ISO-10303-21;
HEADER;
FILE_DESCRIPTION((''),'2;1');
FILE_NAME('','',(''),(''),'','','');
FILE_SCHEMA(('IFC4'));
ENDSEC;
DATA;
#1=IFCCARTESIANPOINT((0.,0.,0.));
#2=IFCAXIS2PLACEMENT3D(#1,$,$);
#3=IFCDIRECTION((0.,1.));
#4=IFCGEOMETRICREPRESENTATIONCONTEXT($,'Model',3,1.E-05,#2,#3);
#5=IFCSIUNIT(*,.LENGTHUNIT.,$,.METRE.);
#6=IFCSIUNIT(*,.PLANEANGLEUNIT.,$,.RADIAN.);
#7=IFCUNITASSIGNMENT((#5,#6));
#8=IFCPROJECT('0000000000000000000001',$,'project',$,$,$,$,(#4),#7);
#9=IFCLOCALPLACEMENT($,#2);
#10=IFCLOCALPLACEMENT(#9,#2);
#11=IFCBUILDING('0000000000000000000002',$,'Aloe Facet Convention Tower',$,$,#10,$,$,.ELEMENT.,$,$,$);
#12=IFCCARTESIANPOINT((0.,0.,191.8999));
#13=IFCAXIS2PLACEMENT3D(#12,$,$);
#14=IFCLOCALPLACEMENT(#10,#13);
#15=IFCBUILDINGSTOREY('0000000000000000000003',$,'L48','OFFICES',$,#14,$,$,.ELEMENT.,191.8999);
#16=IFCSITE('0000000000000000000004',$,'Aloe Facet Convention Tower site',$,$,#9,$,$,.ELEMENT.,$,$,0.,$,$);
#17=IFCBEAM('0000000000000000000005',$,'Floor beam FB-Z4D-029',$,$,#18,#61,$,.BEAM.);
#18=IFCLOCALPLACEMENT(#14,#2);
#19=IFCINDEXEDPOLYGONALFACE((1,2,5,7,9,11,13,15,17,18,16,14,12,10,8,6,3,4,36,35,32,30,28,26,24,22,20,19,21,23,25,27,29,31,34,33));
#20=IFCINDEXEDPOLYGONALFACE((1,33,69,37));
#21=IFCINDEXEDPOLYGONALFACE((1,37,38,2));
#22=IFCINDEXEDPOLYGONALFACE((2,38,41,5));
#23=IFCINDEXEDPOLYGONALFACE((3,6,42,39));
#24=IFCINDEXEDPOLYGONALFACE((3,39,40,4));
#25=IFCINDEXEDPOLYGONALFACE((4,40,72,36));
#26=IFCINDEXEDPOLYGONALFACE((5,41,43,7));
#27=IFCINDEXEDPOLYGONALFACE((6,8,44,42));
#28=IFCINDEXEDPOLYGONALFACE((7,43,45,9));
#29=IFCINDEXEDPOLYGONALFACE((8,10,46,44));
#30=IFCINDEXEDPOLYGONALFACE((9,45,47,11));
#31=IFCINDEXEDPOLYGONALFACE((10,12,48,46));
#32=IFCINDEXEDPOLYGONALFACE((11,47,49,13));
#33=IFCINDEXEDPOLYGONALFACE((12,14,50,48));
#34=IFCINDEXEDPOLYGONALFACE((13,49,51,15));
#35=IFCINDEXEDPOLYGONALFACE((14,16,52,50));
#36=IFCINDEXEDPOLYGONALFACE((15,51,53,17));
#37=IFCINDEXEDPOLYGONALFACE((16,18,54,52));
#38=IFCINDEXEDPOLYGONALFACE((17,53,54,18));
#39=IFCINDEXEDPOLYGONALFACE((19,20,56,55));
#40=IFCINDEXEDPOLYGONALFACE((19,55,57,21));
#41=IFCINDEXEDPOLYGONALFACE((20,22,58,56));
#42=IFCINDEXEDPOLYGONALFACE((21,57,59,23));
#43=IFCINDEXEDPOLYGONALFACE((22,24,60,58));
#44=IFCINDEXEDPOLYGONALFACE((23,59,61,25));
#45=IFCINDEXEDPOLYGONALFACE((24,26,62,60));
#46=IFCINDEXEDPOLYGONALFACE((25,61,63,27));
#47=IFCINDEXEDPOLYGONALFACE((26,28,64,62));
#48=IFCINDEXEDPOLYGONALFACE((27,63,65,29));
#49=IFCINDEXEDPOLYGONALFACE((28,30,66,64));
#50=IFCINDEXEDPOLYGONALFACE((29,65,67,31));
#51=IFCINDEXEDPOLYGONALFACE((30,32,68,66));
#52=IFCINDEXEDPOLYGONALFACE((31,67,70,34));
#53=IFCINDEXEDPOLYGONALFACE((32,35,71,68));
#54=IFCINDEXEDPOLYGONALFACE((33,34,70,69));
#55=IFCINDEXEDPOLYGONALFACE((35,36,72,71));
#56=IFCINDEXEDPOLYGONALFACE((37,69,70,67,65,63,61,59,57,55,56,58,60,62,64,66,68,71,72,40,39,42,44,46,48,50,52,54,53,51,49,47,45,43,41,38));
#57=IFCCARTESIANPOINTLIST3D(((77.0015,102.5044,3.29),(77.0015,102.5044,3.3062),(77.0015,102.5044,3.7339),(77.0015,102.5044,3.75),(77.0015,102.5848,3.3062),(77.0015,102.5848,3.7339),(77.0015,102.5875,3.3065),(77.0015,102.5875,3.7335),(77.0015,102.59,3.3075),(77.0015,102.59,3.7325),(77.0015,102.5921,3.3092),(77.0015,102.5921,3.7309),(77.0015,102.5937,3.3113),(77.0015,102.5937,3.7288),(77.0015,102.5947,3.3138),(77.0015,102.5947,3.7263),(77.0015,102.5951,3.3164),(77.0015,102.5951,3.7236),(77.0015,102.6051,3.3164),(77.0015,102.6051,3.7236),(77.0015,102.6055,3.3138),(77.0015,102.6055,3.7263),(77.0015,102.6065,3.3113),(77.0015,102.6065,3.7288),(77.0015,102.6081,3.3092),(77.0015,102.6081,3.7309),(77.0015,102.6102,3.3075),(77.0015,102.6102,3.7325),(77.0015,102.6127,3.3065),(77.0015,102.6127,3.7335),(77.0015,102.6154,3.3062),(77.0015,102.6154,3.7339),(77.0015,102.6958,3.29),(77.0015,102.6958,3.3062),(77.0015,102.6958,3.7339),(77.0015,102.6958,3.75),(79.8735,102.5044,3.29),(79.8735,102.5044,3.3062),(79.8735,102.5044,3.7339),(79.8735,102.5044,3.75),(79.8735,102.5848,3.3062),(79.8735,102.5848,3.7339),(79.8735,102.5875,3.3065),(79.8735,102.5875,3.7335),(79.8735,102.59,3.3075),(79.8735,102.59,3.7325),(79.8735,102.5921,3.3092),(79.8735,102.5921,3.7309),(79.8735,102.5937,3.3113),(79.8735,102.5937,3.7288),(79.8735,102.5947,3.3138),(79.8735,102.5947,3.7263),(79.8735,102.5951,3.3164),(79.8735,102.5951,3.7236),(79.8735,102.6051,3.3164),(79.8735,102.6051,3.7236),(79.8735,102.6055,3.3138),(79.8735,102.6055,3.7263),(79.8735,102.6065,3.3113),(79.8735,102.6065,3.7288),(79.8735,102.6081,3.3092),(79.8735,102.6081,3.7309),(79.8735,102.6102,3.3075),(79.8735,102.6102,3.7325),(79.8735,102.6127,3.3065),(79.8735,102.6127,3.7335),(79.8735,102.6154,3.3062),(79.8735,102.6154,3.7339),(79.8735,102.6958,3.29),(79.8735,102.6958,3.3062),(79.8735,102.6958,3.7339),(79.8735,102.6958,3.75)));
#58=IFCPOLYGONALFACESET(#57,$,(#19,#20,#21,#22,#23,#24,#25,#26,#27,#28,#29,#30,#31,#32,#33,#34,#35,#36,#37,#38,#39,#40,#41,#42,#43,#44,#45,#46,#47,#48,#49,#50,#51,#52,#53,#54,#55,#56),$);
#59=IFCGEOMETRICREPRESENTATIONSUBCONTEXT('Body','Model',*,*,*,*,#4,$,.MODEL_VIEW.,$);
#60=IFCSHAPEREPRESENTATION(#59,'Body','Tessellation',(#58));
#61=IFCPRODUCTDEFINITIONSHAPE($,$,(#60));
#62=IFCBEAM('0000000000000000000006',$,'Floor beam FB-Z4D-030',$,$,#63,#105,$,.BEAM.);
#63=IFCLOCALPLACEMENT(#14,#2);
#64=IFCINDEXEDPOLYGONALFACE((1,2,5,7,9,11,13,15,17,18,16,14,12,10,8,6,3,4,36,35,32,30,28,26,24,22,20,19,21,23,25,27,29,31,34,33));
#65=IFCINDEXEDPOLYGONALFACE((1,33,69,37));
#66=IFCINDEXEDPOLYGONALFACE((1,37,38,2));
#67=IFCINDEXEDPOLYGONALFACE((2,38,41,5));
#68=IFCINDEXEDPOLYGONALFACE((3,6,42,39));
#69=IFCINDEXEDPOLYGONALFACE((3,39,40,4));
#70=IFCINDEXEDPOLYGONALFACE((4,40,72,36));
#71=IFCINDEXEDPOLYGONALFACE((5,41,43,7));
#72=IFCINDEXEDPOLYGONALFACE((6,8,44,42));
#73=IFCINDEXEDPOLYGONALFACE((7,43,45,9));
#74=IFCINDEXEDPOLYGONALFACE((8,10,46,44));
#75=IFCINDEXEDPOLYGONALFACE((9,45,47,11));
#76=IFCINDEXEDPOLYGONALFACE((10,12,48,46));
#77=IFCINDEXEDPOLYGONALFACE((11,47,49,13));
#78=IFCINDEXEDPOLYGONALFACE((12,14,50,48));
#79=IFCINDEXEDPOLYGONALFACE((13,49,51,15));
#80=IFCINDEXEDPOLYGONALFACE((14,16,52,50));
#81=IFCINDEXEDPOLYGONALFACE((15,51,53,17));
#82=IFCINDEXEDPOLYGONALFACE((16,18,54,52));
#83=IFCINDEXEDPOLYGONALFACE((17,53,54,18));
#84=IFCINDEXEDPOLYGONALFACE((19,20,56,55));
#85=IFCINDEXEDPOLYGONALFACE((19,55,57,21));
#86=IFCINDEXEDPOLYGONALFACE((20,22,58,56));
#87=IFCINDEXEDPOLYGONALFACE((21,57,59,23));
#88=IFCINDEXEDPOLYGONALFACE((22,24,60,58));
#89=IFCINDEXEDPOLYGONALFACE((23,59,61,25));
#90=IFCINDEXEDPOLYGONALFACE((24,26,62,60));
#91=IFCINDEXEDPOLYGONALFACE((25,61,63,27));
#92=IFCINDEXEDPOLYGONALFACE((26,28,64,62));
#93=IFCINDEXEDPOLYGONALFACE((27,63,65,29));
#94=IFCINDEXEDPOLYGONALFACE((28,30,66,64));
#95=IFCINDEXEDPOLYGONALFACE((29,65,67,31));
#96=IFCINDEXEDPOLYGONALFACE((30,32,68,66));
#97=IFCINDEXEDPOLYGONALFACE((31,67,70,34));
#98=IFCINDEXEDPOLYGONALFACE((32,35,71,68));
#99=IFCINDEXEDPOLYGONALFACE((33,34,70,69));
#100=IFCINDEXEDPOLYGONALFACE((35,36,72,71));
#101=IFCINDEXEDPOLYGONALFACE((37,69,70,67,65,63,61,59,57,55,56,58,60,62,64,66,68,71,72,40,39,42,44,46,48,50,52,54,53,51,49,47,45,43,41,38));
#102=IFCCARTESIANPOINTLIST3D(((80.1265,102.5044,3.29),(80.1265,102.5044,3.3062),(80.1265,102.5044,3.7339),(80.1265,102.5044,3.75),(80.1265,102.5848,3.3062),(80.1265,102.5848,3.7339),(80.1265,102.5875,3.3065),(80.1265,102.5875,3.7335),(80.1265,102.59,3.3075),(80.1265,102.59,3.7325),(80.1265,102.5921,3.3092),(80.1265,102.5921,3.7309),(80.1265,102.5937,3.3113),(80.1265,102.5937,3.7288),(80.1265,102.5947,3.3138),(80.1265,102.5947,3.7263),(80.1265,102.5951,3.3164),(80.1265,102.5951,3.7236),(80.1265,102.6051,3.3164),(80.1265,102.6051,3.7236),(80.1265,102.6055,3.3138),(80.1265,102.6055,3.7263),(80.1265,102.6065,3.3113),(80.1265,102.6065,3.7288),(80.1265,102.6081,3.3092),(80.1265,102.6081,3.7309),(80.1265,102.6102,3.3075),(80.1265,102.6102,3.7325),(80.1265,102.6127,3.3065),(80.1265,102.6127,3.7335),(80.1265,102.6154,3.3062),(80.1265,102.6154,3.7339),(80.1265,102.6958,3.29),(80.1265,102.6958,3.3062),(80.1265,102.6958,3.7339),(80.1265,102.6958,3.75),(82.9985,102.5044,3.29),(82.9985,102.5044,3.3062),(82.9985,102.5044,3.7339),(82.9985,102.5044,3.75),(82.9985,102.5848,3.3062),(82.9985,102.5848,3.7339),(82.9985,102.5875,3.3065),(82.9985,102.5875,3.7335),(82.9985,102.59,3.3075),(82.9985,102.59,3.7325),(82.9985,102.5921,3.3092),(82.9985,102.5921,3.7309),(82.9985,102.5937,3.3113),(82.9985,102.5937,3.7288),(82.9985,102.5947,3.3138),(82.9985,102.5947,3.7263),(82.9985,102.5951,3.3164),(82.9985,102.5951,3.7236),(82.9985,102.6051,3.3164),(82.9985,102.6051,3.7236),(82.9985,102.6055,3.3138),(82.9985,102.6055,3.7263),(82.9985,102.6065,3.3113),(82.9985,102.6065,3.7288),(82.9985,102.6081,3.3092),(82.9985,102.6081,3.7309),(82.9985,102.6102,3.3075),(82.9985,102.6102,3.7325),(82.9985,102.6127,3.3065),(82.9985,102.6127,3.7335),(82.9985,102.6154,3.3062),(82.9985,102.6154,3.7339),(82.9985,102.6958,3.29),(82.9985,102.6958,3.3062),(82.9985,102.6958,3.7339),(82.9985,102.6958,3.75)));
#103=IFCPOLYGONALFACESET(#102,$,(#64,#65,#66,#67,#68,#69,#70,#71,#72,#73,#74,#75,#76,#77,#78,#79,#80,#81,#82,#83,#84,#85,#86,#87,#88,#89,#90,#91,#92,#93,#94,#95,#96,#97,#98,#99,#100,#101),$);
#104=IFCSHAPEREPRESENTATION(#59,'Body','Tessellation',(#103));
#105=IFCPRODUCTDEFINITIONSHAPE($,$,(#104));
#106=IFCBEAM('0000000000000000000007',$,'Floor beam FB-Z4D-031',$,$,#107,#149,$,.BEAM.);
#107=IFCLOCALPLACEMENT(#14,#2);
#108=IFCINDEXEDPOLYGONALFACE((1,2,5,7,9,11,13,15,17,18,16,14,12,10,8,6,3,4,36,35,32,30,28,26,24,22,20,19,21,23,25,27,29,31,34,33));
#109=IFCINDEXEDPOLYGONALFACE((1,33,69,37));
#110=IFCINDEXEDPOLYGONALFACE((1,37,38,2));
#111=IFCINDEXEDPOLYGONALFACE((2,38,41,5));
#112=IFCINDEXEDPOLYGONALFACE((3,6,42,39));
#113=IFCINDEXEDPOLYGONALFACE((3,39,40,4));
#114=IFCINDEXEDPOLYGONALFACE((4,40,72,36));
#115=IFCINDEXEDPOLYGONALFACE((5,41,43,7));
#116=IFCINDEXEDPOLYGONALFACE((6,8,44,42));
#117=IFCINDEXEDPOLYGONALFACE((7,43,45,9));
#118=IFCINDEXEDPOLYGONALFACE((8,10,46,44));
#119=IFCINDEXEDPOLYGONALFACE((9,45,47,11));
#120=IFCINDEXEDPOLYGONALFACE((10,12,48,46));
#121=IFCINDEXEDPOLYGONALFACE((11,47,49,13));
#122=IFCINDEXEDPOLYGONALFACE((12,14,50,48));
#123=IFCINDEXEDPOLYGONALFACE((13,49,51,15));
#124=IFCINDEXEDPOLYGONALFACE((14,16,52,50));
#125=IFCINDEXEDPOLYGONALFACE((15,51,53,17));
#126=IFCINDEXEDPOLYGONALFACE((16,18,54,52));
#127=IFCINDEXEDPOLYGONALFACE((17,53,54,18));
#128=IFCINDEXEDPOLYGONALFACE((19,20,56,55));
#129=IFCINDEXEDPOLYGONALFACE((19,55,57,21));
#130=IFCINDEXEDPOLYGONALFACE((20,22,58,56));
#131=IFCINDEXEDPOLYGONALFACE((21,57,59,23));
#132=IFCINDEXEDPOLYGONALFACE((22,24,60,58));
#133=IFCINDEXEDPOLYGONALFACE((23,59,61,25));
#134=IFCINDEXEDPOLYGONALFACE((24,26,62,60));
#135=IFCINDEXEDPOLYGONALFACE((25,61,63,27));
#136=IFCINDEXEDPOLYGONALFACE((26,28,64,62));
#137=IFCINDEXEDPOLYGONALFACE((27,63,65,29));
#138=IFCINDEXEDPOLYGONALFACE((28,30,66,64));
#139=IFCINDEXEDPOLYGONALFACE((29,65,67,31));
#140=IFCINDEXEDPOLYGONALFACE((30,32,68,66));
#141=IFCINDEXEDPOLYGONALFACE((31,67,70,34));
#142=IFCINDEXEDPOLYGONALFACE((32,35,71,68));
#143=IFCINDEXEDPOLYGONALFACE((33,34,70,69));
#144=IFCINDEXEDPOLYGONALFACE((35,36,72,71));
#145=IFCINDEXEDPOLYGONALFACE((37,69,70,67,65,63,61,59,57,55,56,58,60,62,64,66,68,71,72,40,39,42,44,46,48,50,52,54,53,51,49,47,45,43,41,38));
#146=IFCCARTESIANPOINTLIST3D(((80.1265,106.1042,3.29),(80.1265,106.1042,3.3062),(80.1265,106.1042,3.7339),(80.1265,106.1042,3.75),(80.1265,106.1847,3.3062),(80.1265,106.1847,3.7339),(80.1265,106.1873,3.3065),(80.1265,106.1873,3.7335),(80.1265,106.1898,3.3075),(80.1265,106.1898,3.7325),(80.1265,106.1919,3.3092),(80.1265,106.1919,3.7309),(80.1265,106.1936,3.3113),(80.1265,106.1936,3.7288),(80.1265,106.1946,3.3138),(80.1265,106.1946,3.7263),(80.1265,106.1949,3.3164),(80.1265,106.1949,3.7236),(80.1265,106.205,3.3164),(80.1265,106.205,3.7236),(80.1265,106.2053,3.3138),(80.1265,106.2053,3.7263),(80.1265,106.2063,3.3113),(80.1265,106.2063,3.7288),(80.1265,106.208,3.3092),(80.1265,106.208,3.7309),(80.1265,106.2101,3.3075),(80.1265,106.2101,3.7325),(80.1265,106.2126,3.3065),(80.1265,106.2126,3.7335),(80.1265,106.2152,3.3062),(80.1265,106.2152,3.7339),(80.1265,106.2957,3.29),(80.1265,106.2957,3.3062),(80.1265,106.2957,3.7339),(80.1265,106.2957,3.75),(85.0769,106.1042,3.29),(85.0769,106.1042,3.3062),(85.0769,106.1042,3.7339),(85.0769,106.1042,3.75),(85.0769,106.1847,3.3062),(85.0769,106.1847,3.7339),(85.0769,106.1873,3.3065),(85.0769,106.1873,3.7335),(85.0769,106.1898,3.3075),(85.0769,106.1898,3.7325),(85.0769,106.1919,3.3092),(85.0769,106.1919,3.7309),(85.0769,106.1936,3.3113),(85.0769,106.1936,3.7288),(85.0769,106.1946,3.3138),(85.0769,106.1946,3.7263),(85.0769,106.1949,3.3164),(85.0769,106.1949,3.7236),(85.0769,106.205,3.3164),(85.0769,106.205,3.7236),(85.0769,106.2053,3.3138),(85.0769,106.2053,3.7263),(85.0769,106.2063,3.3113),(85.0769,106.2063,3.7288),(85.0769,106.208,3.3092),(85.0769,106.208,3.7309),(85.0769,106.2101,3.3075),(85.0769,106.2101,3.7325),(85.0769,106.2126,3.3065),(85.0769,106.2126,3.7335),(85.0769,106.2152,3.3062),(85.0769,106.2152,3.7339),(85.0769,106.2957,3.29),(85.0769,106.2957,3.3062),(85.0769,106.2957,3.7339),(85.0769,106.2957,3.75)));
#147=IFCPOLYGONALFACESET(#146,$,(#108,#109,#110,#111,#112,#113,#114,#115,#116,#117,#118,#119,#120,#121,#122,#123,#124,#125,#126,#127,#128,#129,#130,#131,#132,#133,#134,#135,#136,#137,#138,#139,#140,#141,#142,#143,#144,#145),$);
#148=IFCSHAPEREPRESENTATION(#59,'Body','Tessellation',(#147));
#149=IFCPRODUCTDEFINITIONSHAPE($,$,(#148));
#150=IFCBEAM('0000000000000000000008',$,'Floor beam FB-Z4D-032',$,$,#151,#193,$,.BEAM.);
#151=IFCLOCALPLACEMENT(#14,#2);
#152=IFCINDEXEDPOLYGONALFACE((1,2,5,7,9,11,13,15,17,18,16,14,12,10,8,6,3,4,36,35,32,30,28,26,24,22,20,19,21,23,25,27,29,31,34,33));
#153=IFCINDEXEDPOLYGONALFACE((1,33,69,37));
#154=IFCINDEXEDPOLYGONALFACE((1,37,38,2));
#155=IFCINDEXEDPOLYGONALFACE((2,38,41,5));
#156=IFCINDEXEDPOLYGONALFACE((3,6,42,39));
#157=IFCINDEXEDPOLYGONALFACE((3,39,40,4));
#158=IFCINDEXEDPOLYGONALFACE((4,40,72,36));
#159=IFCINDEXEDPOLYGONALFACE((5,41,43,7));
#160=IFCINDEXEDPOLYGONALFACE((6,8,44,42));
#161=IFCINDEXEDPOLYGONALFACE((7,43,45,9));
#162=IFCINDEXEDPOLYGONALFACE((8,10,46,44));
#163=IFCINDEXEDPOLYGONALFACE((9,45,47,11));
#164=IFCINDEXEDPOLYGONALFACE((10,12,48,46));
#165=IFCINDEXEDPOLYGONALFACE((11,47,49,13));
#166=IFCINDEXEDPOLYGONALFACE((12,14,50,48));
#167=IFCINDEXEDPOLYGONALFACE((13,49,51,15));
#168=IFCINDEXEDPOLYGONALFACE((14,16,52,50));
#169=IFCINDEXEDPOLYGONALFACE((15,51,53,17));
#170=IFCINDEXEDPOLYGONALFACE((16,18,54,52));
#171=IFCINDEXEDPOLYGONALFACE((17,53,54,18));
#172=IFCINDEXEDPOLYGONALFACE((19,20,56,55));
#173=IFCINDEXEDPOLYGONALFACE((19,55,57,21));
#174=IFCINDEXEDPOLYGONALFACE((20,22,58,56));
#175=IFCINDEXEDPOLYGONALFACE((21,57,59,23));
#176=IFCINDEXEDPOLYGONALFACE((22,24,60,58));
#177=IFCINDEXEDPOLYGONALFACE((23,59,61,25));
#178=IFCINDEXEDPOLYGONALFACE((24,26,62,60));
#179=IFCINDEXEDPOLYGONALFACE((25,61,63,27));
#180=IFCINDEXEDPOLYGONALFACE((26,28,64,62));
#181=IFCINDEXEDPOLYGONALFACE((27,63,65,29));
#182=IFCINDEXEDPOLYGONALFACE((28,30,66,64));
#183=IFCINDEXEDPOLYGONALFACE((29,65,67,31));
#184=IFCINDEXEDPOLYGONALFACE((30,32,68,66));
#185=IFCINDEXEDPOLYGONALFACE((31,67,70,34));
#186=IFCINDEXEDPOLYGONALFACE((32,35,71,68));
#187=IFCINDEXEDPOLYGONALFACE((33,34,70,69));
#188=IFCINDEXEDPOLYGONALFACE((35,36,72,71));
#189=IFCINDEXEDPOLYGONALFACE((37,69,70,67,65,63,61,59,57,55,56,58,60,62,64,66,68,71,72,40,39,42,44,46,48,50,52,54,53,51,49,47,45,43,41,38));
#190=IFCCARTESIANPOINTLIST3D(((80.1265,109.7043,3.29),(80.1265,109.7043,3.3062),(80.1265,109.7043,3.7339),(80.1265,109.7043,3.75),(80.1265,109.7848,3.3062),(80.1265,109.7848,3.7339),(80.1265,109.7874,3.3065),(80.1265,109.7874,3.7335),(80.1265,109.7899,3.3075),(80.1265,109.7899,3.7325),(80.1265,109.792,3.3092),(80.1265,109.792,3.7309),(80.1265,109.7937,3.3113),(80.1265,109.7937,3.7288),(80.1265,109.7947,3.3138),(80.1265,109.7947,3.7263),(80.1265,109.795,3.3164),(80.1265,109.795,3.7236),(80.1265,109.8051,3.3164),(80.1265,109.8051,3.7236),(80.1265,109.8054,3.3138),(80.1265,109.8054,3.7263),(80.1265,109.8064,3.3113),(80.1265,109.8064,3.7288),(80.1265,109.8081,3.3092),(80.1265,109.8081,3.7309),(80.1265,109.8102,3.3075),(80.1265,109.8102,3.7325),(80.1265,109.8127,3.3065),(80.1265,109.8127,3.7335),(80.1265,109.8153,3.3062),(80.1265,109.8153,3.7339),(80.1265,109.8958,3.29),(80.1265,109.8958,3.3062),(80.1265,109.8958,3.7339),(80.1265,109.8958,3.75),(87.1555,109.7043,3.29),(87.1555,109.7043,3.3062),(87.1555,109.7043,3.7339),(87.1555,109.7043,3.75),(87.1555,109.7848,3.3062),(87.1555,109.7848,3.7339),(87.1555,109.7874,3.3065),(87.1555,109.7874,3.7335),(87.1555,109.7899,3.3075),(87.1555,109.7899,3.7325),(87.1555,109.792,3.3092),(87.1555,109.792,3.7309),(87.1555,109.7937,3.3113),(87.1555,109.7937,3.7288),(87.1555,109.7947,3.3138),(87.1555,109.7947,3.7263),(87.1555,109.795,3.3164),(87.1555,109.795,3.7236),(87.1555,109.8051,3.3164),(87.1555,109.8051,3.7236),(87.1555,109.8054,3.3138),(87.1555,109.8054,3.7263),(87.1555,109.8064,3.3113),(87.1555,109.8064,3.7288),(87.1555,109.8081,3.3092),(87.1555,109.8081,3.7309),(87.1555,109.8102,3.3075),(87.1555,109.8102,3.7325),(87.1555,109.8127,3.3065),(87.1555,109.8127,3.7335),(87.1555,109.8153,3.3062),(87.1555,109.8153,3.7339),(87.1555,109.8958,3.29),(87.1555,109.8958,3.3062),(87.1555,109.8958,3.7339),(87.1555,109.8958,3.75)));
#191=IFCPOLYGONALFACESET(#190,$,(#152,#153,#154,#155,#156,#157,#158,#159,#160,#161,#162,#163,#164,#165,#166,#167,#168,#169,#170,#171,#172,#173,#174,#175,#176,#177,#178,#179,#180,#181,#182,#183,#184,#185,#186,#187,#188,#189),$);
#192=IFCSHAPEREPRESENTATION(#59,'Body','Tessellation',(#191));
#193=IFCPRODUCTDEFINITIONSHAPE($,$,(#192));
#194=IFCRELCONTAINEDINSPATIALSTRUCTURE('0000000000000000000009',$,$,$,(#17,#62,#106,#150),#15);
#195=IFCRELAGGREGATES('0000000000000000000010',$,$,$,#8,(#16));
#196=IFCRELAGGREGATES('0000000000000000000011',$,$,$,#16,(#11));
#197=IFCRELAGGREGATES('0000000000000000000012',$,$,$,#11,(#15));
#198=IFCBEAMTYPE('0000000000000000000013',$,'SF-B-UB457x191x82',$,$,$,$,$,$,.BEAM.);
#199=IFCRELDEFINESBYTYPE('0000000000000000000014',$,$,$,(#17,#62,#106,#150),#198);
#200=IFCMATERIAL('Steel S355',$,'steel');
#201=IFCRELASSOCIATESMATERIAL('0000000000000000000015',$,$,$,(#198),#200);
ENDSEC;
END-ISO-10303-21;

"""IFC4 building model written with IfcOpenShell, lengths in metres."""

from ifc_helpers import new_model, si_unit, direction, frame, origin, origin_2d, place, context, subcontext, project, spatial, i_section, extrude, material, material_profile, profile_set, type_object, element, save


model = new_model("IFC4")

# Units and contexts
model_context = context("Model", 3, precision=1e-05, world=origin(), true_north=direction((0.0, 1.0)))
body_context = subcontext(model_context, "Body", "Model", "MODEL_VIEW")
ifc_project = project(units=[si_unit("LENGTHUNIT", "METRE"), si_unit("PLANEANGLEUNIT", "RADIAN")], contexts=[model_context])

# Site, building, storey
site_placement = place(None, origin())
site = spatial("IfcSite", under=ifc_project, at=site_placement, Name="Aloe Facet Convention Tower site", CompositionType="ELEMENT", RefElevation=0.0)
building_placement = place(site_placement, origin())
building = spatial("IfcBuilding", under=site, at=building_placement, Name="Aloe Facet Convention Tower", CompositionType="ELEMENT")
storey_placement = place(building_placement, frame((0.0, 0.0, 191.8999)))
storey = spatial("IfcBuildingStorey", under=building, at=storey_placement, Name="L48", Description="OFFICES", CompositionType="ELEMENT", Elevation=191.8999)

# Beams
ifc_material_1 = material(Name="Steel S355", Category="steel")
ifc_material_profile_1 = material_profile(ifc_material_1, i_section(OverallWidth=0.1914, OverallDepth=0.46, WebThickness=0.01, FlangeThickness=0.0161, FilletRadius=0.0103, at=origin_2d()), Name="UB 457x191x82")
ifc_profile_set_1 = profile_set([ifc_material_profile_1], Name="Steel S355")
beam_type_1 = type_object("IfcBeamType", Name="SF-B-UB457x191x82", PredefinedType="BEAM", material=ifc_profile_set_1)
for number, where, z_axis, x_axis, name in (
    (1, (77.0015, 102.6001, 3.52), (1.0, 0.0, 0.0), (0.0, 1.0, 0.0), "Floor beam FB-Z4D-029"),
    (2, (80.1265, 102.6001, 3.52), (1.0, 0.0, 0.0), (0.0, 1.0, 0.0), "Floor beam FB-Z4D-030"),
):
    element("IfcBeam", number, at=place(storey_placement, frame(where, z_axis=z_axis, x_axis=x_axis)), inside=storey, type_object=beam_type_1, Name=name, PredefinedType="BEAM", context=body_context, shape_type="SweptSolid", body=[
        extrude(i_section(OverallWidth=0.1914, OverallDepth=0.46, WebThickness=0.01, FlangeThickness=0.0161, FilletRadius=0.0103, at=origin_2d()), origin(), (0.0, 0.0, 1.0), 2.8721),
    ])
beam_1_placement = place(storey_placement, frame((80.1265, 106.2, 3.52), z_axis=(1.0, 0.0, 0.0), x_axis=(0.0, 1.0, 0.0)))
element("IfcBeam", 3, at=beam_1_placement, inside=storey, type_object=beam_type_1, Name="Floor beam FB-Z4D-031", PredefinedType="BEAM", context=body_context, shape_type="SweptSolid", body=[
    extrude(i_section(OverallWidth=0.1914, OverallDepth=0.46, WebThickness=0.01, FlangeThickness=0.0161, FilletRadius=0.0103, at=origin_2d()), origin(), (0.0, 0.0, 1.0), 4.9504),
])
beam_2_placement = place(storey_placement, frame((80.1265, 109.8, 3.52), z_axis=(1.0, 0.0, 0.0), x_axis=(0.0, 1.0, 0.0)))
element("IfcBeam", 4, at=beam_2_placement, inside=storey, type_object=beam_type_1, Name="Floor beam FB-Z4D-032", PredefinedType="BEAM", context=body_context, shape_type="SweptSolid", body=[
    extrude(i_section(OverallWidth=0.1914, OverallDepth=0.46, WebThickness=0.01, FlangeThickness=0.0161, FilletRadius=0.0103, at=origin_2d()), origin(), (0.0, 0.0, 1.0), 7.0291),
])

save(model, "model.ifc")
